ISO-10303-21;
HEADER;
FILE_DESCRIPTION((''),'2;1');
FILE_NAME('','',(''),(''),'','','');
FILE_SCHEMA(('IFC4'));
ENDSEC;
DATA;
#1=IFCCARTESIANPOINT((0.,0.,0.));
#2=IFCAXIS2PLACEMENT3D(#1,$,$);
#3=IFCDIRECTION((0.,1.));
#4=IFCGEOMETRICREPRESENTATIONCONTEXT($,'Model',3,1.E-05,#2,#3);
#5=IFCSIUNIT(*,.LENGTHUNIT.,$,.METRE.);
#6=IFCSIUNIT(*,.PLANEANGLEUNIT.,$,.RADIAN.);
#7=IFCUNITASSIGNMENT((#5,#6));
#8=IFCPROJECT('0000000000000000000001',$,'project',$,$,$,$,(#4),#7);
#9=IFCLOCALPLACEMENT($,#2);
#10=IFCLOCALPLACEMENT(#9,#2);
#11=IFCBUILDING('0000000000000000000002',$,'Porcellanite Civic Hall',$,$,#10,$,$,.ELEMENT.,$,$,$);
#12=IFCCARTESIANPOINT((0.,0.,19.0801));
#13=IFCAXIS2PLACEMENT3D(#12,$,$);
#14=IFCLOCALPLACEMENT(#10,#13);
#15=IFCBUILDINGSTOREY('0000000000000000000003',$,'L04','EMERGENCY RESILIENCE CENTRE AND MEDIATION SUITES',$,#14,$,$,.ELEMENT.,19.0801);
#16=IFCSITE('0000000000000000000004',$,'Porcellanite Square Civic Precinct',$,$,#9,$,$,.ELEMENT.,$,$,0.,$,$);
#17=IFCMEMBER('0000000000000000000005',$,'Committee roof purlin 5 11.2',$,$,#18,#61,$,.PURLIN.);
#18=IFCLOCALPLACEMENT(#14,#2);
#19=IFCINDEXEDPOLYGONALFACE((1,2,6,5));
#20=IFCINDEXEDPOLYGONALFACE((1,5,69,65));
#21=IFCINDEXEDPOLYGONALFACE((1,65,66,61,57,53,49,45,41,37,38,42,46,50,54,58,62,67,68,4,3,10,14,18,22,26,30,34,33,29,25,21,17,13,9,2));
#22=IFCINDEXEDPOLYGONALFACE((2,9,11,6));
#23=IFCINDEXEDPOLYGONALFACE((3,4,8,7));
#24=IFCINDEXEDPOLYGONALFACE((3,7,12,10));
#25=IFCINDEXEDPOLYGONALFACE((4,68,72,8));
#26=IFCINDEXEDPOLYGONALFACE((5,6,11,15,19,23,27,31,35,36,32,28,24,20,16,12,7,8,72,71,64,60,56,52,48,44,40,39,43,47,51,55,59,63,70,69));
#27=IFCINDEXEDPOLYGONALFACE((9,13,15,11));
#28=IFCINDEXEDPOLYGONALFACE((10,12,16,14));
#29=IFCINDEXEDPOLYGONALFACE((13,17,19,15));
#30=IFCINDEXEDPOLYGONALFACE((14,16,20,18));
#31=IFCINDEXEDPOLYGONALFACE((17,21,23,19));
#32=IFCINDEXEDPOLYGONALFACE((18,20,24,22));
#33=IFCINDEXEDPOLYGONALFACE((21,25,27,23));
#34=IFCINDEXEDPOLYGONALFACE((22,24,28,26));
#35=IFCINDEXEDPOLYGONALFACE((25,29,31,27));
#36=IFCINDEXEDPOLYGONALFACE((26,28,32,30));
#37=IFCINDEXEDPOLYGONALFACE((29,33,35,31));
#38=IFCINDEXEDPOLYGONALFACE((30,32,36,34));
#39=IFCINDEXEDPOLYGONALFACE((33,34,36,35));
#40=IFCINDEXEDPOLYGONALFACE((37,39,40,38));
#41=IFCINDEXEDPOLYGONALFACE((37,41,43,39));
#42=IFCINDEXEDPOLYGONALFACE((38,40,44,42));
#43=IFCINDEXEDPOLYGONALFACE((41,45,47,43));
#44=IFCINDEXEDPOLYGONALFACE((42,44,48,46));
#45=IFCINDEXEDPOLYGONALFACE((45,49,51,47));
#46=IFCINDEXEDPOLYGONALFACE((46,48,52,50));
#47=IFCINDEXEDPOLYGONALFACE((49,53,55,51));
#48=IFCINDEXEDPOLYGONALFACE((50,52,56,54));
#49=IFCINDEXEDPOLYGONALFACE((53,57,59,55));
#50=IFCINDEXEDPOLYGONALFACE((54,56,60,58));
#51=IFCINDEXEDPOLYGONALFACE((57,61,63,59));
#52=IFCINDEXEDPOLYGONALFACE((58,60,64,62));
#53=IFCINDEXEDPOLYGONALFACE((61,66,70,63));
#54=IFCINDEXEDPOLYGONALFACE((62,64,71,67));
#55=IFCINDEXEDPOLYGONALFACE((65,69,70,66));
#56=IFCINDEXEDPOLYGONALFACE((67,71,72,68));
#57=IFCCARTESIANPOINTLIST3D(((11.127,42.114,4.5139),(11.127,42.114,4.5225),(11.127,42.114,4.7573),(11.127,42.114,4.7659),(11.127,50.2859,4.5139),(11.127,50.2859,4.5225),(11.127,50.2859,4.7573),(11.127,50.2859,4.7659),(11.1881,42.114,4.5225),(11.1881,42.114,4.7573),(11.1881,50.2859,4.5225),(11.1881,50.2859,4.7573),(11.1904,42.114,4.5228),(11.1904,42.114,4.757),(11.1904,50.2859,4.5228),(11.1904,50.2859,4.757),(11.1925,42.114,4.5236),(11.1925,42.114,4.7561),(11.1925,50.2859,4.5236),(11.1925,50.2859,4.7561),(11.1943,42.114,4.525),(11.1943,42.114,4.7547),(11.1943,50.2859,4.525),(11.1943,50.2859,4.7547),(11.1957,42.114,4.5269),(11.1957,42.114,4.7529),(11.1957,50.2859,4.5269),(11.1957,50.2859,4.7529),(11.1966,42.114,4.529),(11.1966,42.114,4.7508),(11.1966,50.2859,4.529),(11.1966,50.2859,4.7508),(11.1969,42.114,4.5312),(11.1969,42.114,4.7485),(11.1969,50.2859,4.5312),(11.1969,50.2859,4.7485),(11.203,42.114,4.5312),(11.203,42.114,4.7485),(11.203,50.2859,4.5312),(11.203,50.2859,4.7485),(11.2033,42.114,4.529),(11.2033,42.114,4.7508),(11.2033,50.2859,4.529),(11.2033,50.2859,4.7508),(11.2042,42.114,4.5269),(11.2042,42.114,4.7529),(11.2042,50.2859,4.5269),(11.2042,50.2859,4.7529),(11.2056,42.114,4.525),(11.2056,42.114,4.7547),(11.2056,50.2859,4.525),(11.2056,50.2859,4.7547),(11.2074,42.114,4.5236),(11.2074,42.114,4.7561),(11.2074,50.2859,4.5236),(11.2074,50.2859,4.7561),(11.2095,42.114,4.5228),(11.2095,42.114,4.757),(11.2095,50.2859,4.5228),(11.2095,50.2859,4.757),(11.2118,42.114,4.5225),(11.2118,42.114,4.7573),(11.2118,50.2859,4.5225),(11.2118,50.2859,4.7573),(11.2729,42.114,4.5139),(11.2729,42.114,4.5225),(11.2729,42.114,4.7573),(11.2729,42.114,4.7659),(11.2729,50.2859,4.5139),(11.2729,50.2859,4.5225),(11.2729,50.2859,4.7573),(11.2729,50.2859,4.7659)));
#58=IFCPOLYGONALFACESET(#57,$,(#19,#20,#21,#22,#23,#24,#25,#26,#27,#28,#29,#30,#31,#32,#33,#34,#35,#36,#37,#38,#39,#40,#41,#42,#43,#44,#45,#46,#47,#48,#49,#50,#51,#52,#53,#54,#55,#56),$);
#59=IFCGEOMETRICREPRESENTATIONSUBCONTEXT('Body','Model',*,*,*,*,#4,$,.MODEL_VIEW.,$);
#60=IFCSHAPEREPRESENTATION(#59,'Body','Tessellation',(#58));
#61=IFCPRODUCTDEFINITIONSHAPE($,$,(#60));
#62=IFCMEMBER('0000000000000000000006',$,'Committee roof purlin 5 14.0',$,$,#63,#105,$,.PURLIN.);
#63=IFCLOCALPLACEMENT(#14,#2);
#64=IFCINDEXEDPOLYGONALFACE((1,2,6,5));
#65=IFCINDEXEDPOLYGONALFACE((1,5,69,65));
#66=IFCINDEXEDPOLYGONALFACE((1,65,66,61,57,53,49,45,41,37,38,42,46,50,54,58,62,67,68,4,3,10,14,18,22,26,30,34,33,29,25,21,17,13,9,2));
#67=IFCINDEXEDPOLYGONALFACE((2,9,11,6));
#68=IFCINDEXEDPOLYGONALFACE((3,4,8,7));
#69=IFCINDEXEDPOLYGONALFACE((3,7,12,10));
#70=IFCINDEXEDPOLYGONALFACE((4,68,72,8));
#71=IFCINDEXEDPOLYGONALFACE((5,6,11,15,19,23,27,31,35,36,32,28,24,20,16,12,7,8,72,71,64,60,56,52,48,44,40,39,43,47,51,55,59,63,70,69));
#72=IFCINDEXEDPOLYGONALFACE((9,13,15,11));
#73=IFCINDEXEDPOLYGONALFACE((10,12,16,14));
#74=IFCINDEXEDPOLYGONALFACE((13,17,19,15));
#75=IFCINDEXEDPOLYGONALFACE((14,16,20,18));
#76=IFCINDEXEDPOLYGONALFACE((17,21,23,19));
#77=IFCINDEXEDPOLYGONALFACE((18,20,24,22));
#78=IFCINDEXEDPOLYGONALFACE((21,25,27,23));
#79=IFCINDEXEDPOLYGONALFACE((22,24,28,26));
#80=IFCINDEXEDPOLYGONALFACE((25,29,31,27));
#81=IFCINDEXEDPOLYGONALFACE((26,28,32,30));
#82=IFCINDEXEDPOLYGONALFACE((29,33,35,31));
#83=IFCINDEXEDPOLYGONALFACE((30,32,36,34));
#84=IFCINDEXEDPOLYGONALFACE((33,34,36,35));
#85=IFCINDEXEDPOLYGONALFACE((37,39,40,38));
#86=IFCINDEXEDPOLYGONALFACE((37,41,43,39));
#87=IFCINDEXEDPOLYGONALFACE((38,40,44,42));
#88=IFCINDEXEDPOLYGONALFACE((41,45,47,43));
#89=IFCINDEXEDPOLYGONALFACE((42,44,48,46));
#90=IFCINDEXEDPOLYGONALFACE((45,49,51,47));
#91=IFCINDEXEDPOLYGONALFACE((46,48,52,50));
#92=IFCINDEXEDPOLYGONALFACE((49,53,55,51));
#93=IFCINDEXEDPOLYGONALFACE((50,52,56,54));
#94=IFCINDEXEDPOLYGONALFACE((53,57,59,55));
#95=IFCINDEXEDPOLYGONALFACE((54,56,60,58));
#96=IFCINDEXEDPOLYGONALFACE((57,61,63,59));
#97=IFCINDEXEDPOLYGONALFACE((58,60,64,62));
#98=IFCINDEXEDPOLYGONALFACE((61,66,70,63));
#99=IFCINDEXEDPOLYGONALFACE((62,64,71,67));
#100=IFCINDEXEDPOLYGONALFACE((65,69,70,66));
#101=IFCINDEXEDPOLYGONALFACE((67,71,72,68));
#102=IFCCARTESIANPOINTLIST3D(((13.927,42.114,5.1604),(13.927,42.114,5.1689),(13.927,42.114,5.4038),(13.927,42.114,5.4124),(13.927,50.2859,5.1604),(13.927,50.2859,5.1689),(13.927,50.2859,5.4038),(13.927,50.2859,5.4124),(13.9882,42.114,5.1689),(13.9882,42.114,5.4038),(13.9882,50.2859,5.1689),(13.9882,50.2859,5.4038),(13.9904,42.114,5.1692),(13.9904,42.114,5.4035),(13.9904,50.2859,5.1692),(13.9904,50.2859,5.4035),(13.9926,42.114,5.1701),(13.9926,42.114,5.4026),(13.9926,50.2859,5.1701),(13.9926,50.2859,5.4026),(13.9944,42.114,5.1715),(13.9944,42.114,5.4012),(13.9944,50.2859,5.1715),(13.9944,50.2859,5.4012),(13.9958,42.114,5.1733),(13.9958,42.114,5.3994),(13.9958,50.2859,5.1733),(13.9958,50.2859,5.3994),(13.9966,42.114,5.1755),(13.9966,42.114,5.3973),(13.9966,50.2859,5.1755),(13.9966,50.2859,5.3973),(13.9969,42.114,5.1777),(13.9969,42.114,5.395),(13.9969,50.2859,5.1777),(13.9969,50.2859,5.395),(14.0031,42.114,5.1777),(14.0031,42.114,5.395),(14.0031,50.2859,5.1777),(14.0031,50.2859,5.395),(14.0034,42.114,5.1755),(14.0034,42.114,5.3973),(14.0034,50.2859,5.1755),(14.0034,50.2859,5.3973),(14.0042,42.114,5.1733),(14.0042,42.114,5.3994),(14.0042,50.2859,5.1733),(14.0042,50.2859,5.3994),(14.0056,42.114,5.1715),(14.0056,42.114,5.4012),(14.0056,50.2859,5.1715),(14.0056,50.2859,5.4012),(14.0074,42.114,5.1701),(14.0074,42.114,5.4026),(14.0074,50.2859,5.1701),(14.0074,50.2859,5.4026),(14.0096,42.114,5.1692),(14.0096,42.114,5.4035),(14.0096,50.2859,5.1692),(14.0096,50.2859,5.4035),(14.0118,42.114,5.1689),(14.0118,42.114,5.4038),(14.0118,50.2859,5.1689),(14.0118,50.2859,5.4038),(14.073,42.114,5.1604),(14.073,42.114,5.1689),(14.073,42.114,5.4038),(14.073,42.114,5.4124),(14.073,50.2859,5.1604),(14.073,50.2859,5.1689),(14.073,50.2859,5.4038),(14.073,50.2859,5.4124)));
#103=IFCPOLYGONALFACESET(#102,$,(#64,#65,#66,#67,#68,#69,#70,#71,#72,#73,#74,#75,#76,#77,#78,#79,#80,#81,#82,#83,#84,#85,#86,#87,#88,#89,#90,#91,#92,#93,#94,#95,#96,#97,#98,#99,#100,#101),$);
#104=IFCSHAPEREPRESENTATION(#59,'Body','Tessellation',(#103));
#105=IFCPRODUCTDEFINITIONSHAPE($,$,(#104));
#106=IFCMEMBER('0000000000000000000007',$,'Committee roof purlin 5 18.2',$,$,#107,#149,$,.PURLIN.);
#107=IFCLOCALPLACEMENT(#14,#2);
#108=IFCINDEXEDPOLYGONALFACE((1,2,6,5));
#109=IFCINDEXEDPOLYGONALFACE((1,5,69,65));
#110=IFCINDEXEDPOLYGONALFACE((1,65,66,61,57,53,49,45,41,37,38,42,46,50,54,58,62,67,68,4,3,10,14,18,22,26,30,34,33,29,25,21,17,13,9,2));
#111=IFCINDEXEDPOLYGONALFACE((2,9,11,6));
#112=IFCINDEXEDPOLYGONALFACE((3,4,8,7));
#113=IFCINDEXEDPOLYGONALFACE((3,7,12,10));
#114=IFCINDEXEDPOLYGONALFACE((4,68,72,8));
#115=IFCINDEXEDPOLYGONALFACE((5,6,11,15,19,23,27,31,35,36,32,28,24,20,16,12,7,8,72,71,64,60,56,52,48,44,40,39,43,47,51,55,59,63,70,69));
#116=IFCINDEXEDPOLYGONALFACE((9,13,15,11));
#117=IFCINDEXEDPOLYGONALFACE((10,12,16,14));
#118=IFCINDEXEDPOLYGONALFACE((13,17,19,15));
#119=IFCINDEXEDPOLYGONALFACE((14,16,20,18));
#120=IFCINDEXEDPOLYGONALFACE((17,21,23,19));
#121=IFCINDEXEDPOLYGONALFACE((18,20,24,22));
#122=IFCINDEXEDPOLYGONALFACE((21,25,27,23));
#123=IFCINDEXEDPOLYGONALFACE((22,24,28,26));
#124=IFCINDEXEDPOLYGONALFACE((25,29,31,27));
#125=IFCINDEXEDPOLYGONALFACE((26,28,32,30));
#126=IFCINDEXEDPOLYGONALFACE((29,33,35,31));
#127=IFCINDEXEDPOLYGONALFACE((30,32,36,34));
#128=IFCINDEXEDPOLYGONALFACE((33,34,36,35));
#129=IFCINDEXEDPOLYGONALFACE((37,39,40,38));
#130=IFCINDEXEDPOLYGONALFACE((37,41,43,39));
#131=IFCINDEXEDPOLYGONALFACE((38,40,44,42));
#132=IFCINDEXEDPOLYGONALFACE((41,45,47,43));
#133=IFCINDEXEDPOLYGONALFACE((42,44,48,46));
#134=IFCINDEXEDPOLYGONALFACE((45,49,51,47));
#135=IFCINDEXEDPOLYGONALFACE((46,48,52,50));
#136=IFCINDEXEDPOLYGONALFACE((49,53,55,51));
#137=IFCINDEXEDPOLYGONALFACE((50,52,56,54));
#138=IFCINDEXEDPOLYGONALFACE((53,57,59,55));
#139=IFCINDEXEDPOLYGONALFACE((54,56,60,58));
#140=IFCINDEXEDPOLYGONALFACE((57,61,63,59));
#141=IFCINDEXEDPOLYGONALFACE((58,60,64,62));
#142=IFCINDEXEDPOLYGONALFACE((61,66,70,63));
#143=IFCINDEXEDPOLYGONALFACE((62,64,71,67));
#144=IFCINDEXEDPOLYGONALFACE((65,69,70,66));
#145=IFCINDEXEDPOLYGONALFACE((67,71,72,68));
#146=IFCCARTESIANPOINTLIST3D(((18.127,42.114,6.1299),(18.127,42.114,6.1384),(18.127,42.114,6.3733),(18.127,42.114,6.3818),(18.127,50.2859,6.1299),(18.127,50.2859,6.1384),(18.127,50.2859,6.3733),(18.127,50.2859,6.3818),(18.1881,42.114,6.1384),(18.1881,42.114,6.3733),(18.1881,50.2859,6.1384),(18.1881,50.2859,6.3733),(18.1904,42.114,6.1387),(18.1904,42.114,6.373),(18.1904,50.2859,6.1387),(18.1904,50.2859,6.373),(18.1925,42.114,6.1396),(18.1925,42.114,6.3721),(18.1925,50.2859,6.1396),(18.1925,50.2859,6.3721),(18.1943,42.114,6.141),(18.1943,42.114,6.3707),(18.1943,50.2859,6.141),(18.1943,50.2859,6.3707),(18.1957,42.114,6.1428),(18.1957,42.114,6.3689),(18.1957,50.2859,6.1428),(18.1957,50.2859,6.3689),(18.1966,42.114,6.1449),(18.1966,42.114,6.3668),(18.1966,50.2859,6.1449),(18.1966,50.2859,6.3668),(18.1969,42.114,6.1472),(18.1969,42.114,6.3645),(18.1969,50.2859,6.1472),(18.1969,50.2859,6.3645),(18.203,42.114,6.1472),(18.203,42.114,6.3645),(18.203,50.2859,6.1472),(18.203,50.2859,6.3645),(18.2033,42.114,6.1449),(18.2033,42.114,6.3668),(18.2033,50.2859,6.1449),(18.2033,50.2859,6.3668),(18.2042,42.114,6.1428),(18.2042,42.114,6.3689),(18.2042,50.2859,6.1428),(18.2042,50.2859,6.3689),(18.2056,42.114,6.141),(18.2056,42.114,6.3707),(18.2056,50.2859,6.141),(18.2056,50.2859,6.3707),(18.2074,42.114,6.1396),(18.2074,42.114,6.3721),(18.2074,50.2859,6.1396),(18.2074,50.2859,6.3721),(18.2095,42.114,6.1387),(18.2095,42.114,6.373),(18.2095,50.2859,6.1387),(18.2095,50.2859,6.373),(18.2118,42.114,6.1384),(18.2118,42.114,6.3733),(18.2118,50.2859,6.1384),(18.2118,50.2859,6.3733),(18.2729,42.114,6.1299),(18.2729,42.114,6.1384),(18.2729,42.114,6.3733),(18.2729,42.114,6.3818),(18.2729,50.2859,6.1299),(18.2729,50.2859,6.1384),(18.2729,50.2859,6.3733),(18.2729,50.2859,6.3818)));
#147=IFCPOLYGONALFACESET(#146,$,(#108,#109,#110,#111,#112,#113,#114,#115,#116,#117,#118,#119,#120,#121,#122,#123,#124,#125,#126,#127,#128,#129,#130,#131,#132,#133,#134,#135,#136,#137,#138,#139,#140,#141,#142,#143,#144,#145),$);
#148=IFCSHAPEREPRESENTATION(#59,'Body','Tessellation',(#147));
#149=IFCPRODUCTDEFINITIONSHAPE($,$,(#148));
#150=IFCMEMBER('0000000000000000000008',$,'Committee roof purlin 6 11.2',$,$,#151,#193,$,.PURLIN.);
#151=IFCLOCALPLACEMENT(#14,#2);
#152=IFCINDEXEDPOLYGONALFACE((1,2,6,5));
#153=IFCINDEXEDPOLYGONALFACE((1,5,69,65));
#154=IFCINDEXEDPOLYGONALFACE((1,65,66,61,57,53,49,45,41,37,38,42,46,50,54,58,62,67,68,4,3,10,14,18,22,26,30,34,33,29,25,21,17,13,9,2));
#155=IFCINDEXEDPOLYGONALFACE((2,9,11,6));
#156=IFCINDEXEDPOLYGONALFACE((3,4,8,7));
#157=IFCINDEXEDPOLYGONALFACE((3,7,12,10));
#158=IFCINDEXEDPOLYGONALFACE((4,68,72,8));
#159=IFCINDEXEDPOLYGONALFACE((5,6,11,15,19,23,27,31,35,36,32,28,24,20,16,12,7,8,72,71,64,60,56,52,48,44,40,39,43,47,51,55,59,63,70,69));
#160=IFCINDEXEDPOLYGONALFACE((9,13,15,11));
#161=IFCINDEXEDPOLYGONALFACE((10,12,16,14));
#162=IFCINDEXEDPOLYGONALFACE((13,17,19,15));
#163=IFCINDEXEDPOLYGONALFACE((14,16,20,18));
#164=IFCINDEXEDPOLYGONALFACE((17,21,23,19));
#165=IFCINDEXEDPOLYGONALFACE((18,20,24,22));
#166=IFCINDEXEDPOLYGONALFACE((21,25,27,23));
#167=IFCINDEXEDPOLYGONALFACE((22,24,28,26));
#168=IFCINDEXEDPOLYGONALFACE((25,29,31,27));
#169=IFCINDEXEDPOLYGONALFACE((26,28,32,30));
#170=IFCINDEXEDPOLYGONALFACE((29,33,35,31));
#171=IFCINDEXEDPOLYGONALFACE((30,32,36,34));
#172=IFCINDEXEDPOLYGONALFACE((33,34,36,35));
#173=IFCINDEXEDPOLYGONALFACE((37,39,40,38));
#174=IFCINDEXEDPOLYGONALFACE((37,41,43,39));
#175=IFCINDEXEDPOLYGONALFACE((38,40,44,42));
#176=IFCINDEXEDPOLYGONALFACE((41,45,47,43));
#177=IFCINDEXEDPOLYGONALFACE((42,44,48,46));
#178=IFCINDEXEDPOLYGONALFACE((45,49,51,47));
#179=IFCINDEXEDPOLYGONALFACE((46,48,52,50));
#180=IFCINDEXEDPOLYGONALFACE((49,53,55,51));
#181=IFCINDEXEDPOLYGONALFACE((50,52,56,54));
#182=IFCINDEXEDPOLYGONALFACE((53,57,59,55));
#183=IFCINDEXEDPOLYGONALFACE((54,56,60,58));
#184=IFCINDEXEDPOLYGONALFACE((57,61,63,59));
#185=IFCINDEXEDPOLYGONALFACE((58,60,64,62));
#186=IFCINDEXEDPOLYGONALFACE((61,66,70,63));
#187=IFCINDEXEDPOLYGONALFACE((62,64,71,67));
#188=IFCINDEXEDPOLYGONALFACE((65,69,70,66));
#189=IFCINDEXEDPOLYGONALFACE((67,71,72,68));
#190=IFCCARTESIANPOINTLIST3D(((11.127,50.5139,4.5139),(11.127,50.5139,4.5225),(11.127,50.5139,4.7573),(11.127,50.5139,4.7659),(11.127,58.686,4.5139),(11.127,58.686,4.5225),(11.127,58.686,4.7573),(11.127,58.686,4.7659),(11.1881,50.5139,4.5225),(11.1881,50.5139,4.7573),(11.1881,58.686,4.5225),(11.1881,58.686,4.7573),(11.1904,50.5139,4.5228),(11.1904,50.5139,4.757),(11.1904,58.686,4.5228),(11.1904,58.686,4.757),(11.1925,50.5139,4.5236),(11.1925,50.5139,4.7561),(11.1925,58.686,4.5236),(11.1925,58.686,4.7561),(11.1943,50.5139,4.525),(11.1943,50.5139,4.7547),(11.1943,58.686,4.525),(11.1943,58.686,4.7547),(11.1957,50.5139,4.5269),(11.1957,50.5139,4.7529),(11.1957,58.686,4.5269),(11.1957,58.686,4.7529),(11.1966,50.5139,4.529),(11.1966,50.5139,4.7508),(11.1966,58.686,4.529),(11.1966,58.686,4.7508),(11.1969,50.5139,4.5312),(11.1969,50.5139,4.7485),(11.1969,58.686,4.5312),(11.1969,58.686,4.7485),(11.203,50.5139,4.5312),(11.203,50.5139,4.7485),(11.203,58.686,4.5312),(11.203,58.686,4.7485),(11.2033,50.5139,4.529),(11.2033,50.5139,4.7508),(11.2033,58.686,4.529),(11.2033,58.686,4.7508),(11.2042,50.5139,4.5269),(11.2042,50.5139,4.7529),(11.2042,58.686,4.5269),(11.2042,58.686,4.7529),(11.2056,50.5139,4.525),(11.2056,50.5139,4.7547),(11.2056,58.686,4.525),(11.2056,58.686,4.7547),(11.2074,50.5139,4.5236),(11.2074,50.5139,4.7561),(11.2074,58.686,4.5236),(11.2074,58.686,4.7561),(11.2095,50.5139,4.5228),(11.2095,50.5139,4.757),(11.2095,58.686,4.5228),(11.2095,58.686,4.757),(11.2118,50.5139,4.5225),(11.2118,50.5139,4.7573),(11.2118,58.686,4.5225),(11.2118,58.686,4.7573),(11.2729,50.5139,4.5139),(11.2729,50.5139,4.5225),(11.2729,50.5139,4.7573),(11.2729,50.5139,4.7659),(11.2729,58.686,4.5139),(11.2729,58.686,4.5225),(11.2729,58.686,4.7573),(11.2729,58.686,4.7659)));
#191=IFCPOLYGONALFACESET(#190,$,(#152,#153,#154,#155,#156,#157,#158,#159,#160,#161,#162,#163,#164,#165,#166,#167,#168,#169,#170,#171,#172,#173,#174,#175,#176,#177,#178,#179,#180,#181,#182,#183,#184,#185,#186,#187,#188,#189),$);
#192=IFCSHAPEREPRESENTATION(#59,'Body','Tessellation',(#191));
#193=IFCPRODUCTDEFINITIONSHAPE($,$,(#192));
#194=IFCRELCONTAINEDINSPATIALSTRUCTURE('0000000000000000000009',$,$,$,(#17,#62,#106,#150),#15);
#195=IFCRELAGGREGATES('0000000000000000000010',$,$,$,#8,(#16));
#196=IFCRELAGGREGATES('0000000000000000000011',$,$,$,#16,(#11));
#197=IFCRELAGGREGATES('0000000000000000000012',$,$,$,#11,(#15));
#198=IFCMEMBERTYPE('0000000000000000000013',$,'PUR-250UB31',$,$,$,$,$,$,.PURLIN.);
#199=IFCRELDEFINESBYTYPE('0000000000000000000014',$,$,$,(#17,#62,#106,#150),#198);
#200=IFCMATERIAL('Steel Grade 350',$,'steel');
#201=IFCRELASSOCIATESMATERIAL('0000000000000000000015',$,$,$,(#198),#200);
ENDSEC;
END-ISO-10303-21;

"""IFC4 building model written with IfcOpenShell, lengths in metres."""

from ifc_helpers import new_model, si_unit, direction, frame, origin, origin_2d, place, context, subcontext, project, spatial, i_section, extrude, material, material_profile, profile_set, type_object, element, save


model = new_model("IFC4")

# Units and contexts
model_context = context("Model", 3, precision=1e-05, world=origin(), true_north=direction((0.0, 1.0)))
body_context = subcontext(model_context, "Body", "Model", "MODEL_VIEW")
ifc_project = project(units=[si_unit("LENGTHUNIT", "METRE"), si_unit("PLANEANGLEUNIT", "RADIAN")], contexts=[model_context])

# Site, building, storey
site_placement = place(None, origin())
site = spatial("IfcSite", under=ifc_project, at=site_placement, Name="Porcellanite Square Civic Precinct", CompositionType="ELEMENT", RefElevation=0.0)
building_placement = place(site_placement, origin())
building = spatial("IfcBuilding", under=site, at=building_placement, Name="Porcellanite Civic Hall", CompositionType="ELEMENT")
storey_placement = place(building_placement, frame((0.0, 0.0, 19.0801)))
storey = spatial("IfcBuildingStorey", under=building, at=storey_placement, Name="L04", Description="EMERGENCY RESILIENCE CENTRE AND MEDIATION SUITES", CompositionType="ELEMENT", Elevation=19.0801)

# Members
ifc_material_1 = material(Name="Steel Grade 350", Category="steel")
ifc_material_profile_1 = material_profile(ifc_material_1, i_section(OverallWidth=0.146, OverallDepth=0.252, WebThickness=0.0061, FlangeThickness=0.0085, FilletRadius=0.0088, at=origin_2d()), Name="250UB31.4")
ifc_profile_set_1 = profile_set([ifc_material_profile_1], Name="Steel Grade 350")
member_type_1 = type_object("IfcMemberType", Name="PUR-250UB31", PredefinedType="PURLIN", material=ifc_profile_set_1)
for number, where, z_axis, x_axis, name in (
    (1, (11.2, 42.114, 4.6399), (0.0, 1.0, 0.0), (-1.0, 0.0, 0.0), "Committee roof purlin 5 11.2"),
    (2, (14.0, 42.114, 5.2864), (0.0, 1.0, 0.0), (-1.0, 0.0, 0.0), "Committee roof purlin 5 14.0"),
    (3, (18.2, 42.114, 6.2559), (0.0, 1.0, 0.0), (-1.0, 0.0, 0.0), "Committee roof purlin 5 18.2"),
):
    element("IfcMember", number, at=place(storey_placement, frame(where, z_axis=z_axis, x_axis=x_axis)), inside=storey, type_object=member_type_1, Name=name, PredefinedType="PURLIN", context=body_context, shape_type="SweptSolid", body=[
        extrude(i_section(OverallWidth=0.146, OverallDepth=0.252, WebThickness=0.0061, FlangeThickness=0.0085, FilletRadius=0.0088, at=origin_2d()), origin(), (0.0, 0.0, 1.0), 8.1719),
    ])
member_placement = place(storey_placement, frame((11.2, 50.5139, 4.6399), z_axis=(0.0, 1.0, 0.0), x_axis=(-1.0, 0.0, 0.0)))
element("IfcMember", 4, at=member_placement, inside=storey, type_object=member_type_1, Name="Committee roof purlin 6 11.2", PredefinedType="PURLIN", context=body_context, shape_type="SweptSolid", body=[
    extrude(i_section(OverallWidth=0.146, OverallDepth=0.252, WebThickness=0.0061, FlangeThickness=0.0085, FilletRadius=0.0088, at=origin_2d()), origin(), (0.0, 0.0, 1.0), 8.1721),
])

save(model, "model.ifc")
